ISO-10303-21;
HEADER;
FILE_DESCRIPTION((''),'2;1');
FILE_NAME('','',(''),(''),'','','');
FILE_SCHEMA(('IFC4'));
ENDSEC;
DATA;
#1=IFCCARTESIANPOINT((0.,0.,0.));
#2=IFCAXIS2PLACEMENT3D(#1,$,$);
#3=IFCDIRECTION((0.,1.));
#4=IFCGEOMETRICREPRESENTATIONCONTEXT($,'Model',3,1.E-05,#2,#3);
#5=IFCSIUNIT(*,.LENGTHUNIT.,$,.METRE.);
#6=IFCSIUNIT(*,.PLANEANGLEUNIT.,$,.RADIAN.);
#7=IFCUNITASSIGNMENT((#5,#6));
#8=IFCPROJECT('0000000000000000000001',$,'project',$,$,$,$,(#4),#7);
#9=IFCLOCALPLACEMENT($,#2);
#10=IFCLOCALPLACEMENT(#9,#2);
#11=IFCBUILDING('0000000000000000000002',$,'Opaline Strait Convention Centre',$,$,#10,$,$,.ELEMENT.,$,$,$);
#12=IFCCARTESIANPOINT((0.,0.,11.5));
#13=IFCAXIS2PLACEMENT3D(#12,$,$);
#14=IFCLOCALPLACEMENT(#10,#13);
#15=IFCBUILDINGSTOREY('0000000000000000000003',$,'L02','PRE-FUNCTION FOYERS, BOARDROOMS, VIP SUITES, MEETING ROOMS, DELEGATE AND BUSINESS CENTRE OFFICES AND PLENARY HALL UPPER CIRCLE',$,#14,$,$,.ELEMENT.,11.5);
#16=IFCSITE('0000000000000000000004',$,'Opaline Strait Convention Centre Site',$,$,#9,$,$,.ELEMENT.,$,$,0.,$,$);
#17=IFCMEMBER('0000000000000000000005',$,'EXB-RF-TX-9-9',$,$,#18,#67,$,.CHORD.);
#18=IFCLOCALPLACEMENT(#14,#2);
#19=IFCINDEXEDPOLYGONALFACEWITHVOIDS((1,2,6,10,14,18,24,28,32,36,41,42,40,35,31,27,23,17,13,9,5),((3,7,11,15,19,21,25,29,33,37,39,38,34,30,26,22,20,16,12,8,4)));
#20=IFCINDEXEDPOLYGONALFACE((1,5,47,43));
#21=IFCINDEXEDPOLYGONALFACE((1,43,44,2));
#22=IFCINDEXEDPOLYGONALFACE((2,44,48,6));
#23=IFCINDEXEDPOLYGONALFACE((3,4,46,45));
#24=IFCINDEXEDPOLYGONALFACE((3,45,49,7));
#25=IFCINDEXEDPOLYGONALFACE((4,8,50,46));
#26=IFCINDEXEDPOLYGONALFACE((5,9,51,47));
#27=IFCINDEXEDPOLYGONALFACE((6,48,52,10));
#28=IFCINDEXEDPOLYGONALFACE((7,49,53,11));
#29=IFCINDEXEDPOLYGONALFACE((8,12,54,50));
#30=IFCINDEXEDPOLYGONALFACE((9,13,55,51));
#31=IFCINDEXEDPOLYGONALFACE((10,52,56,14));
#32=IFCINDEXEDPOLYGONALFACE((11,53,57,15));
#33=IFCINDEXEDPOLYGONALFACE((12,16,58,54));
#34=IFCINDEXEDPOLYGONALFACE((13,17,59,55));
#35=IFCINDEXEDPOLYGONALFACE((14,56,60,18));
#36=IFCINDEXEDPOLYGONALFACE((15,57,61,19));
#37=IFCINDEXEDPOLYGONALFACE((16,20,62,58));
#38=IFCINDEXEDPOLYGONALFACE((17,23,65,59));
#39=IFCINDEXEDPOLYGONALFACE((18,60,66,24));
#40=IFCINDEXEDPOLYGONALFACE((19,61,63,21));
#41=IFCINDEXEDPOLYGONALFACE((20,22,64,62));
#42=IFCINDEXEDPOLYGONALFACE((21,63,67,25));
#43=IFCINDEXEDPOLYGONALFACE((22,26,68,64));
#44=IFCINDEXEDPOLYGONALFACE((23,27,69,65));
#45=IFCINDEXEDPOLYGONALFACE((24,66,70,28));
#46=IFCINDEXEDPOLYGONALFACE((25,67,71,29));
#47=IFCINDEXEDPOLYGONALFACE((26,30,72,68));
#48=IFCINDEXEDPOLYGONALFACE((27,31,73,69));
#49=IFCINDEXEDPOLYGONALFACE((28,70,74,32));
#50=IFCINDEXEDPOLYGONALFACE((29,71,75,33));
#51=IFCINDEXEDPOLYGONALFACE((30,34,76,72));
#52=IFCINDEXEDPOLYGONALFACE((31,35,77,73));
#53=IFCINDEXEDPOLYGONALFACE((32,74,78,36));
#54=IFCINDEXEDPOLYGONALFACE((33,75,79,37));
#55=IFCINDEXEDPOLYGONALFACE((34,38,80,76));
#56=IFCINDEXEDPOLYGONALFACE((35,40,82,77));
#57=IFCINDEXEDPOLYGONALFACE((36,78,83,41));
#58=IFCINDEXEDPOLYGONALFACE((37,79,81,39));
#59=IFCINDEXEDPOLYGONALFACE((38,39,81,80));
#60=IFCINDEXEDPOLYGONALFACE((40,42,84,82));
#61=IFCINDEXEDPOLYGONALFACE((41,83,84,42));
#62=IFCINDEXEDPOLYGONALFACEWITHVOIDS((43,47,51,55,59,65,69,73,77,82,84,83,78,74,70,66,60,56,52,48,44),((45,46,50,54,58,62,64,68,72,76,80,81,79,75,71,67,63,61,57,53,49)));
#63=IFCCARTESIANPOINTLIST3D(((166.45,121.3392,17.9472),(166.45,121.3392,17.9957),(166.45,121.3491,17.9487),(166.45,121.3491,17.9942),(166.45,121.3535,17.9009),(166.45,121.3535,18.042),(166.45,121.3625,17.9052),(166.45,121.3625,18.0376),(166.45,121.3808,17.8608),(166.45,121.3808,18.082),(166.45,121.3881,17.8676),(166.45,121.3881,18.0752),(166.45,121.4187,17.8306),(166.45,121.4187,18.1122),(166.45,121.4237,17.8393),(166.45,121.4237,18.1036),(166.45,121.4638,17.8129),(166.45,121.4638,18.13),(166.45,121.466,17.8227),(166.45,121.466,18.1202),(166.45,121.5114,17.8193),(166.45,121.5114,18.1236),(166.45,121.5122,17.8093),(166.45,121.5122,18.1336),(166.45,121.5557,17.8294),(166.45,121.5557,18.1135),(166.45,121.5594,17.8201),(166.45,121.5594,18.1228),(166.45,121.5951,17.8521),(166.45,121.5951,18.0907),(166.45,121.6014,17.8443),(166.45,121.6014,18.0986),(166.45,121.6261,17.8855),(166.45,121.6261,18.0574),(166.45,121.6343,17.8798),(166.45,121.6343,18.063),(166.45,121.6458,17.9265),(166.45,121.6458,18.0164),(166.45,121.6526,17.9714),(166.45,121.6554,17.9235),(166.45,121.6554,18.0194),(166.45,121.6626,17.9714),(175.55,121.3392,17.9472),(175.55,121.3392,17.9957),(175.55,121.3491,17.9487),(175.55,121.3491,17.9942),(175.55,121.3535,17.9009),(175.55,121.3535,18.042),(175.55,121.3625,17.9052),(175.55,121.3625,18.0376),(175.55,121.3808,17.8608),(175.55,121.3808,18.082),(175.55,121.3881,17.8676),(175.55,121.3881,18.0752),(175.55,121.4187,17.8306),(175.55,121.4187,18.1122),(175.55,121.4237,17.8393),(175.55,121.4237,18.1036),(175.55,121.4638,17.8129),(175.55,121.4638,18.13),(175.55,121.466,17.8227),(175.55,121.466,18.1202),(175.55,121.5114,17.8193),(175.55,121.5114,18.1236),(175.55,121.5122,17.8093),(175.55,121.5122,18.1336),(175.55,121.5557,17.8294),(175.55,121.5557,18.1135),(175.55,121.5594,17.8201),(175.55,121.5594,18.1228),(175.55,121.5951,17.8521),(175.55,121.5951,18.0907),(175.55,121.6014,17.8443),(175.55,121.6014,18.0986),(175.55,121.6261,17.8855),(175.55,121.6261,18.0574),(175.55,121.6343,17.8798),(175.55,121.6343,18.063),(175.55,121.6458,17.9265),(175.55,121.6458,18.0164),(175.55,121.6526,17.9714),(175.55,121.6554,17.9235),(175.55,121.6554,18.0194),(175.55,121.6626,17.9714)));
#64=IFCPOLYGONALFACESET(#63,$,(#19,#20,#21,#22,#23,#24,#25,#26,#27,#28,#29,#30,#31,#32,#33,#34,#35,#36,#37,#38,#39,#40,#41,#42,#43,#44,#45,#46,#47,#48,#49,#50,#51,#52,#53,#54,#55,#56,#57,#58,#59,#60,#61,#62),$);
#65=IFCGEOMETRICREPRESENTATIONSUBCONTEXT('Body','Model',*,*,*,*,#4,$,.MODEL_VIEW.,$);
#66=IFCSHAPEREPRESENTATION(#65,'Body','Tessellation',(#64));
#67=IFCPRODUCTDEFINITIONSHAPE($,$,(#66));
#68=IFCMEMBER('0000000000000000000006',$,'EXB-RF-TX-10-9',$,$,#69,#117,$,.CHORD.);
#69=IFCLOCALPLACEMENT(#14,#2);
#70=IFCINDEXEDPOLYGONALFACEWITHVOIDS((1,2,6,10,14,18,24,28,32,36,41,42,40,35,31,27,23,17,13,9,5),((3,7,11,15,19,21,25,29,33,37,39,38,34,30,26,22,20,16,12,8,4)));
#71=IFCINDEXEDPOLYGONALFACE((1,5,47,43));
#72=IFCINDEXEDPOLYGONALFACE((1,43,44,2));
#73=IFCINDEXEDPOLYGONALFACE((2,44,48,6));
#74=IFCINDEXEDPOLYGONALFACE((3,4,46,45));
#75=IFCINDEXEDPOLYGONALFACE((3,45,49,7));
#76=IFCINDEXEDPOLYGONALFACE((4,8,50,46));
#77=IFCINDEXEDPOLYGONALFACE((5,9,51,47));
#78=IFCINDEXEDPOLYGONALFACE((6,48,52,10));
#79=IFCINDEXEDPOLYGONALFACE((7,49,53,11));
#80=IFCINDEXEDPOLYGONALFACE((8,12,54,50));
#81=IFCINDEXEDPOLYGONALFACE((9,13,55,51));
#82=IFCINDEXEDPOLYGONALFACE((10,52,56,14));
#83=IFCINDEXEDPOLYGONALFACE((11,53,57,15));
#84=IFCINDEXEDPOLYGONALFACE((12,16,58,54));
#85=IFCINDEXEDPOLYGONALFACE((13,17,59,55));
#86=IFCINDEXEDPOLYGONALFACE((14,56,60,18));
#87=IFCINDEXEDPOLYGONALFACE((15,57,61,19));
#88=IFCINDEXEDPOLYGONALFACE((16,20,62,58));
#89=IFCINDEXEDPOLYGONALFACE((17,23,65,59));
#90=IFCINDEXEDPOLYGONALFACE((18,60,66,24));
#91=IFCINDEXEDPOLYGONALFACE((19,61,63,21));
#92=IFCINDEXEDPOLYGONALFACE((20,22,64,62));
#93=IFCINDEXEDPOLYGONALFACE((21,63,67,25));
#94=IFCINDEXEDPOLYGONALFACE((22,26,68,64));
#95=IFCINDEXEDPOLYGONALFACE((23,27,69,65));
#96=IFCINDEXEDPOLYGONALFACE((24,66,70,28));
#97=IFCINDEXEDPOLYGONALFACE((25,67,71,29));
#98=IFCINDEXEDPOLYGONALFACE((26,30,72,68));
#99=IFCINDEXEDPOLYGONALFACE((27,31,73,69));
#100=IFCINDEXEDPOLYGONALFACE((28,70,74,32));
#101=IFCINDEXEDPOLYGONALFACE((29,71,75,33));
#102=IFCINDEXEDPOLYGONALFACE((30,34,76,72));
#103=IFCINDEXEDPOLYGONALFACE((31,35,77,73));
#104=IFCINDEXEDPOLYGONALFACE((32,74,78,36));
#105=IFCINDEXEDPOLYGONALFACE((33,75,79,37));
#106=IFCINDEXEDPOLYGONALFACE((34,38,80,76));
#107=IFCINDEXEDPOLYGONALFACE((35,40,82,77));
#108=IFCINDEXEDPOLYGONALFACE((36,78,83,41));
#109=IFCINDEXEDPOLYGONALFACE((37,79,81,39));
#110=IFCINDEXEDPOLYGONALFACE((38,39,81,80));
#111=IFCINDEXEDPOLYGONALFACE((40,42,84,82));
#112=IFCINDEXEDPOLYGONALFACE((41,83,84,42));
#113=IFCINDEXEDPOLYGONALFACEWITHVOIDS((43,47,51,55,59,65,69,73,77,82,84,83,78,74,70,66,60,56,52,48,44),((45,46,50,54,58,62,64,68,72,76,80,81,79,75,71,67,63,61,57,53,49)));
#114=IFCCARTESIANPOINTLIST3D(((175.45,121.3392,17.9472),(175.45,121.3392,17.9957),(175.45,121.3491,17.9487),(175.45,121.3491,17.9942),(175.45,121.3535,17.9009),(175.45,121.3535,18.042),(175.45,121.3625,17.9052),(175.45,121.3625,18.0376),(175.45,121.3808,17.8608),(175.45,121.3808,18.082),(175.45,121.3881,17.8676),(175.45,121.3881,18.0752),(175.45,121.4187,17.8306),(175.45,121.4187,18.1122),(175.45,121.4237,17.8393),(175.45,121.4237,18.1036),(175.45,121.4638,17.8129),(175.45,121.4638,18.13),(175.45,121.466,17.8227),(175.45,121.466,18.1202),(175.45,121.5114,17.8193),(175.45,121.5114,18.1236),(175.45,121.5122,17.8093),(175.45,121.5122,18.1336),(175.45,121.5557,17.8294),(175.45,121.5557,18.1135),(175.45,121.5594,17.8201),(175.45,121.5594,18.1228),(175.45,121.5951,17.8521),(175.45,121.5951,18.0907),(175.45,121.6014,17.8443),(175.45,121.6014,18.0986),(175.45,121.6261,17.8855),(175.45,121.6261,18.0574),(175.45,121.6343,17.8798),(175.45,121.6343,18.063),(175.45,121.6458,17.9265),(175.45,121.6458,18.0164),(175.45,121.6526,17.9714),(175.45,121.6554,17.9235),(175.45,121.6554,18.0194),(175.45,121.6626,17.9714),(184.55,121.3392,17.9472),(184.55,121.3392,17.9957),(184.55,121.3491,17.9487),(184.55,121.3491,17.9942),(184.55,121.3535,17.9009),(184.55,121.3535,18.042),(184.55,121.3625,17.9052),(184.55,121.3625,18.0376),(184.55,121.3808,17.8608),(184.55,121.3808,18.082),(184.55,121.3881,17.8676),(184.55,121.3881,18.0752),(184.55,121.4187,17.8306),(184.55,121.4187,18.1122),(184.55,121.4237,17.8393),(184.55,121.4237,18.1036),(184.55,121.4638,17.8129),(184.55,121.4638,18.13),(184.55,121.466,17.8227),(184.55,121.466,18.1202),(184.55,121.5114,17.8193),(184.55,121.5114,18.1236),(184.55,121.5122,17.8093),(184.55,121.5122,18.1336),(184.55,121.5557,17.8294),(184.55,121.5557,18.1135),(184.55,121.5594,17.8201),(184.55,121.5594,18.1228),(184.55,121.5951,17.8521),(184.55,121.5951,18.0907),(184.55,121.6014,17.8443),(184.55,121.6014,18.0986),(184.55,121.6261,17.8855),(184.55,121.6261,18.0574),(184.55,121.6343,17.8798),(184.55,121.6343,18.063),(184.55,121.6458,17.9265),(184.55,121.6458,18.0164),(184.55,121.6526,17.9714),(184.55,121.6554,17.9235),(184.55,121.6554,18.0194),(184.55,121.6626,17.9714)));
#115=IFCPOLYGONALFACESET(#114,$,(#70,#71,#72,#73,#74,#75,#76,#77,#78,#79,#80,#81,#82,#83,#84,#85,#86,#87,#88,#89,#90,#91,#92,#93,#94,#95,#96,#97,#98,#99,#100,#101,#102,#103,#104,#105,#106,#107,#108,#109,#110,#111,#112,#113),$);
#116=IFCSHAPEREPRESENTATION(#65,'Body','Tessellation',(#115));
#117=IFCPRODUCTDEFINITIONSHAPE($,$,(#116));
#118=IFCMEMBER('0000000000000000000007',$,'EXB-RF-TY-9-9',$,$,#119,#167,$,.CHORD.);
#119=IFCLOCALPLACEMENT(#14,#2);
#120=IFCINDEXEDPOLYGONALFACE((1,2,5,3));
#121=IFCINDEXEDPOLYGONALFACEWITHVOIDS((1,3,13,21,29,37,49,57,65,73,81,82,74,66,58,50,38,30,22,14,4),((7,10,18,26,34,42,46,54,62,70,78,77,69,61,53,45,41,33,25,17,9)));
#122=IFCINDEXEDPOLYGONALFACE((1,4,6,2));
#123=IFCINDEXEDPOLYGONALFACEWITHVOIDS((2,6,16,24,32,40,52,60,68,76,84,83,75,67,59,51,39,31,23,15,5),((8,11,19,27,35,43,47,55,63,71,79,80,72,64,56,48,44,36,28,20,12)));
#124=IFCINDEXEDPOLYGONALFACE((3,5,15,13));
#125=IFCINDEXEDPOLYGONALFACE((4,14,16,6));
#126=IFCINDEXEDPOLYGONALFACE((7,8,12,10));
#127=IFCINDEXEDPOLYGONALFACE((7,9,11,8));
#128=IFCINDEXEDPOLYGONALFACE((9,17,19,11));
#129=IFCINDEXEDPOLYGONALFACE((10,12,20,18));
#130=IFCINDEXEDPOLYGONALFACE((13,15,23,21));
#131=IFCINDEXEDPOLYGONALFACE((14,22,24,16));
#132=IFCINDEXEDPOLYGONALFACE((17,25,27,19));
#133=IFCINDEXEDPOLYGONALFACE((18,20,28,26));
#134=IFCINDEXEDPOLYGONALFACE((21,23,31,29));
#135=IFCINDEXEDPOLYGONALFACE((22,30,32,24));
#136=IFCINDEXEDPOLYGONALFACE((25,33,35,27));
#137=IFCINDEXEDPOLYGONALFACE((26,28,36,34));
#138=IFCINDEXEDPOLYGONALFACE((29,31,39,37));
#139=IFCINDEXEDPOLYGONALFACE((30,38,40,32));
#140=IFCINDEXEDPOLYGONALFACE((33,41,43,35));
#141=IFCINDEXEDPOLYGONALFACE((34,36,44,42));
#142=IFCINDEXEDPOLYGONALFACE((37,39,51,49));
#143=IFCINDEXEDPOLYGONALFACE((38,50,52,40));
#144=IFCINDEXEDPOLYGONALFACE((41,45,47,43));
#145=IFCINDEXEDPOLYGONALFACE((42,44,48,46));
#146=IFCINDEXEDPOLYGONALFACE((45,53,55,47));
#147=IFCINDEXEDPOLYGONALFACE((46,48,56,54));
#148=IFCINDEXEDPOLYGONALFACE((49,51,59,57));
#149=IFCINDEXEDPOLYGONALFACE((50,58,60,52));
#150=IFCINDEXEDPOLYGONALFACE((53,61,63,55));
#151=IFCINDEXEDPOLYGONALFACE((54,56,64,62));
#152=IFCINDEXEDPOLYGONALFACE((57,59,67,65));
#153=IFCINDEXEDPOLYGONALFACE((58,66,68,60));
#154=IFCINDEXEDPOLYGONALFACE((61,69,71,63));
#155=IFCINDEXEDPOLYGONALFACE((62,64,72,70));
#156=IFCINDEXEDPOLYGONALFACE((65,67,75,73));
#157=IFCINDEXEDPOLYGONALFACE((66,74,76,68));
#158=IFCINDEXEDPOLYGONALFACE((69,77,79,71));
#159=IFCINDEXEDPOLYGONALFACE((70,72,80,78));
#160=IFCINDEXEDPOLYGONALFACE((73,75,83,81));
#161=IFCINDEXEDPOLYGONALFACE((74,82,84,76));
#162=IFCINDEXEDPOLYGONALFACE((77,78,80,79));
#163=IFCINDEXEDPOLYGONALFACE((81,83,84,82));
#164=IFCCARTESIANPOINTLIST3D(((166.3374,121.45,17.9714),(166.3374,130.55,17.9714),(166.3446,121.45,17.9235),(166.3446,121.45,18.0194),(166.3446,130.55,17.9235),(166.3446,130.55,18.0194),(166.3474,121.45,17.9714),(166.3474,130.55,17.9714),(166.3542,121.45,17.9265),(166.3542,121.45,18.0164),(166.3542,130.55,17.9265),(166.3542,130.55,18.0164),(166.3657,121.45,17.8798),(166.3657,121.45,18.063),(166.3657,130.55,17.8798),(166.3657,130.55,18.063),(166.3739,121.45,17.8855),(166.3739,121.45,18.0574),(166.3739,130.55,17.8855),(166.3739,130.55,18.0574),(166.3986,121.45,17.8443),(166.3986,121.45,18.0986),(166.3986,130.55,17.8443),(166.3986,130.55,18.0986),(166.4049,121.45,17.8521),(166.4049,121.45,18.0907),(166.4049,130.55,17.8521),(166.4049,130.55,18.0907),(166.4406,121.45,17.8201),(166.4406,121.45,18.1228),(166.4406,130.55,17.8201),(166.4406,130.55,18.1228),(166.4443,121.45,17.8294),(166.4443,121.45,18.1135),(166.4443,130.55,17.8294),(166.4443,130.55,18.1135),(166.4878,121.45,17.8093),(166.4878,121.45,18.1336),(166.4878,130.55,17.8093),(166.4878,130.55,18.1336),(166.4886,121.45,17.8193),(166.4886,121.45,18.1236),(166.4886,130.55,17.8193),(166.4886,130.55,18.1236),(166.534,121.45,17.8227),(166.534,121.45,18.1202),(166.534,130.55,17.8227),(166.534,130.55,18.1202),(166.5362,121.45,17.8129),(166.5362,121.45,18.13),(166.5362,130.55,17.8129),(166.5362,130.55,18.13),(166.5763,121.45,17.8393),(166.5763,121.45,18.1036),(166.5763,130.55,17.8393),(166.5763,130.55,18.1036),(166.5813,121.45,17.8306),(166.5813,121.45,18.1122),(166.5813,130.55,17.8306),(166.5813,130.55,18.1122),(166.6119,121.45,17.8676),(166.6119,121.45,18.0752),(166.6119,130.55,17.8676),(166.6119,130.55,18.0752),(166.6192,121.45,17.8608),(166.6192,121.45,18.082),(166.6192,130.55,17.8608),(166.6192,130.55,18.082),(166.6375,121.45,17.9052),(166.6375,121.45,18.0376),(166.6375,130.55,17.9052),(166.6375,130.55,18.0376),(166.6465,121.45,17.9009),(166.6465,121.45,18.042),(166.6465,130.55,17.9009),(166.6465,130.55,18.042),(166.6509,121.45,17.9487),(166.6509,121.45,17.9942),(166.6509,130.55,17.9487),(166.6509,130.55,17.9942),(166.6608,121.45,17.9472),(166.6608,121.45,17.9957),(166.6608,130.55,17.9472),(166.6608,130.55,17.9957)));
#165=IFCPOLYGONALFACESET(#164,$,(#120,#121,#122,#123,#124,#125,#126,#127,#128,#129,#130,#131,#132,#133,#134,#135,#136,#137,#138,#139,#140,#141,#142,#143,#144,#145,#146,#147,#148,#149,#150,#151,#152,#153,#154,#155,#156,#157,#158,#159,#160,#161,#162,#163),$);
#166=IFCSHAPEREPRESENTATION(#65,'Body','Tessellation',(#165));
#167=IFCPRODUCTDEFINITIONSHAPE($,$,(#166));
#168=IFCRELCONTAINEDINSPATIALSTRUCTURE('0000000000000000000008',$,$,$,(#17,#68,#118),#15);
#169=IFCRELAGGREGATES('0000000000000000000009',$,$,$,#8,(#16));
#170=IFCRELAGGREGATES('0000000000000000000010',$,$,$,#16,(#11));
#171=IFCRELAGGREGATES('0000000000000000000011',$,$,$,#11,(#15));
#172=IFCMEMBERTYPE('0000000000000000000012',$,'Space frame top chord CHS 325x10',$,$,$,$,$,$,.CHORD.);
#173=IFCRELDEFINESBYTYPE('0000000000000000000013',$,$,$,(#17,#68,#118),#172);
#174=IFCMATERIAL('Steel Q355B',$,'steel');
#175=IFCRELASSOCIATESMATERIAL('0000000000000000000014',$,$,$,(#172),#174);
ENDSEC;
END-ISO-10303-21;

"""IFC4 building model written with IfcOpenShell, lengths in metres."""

from ifc_helpers import new_model, si_unit, direction, frame, origin, origin_2d, place, context, subcontext, project, spatial, hollow_circle, extrude, material, material_profile, profile_set, type_object, element, save


model = new_model("IFC4")

# Units and contexts
model_context = context("Model", 3, precision=1e-05, world=origin(), true_north=direction((0.0, 1.0)))
body_context = subcontext(model_context, "Body", "Model", "MODEL_VIEW")
ifc_project = project(units=[si_unit("LENGTHUNIT", "METRE"), si_unit("PLANEANGLEUNIT", "RADIAN")], contexts=[model_context])

# Site, building, storey
site_placement = place(None, origin())
site = spatial("IfcSite", under=ifc_project, at=site_placement, Name="Opaline Strait Convention Centre Site", CompositionType="ELEMENT", RefElevation=0.0)
building_placement = place(site_placement, origin())
building = spatial("IfcBuilding", under=site, at=building_placement, Name="Opaline Strait Convention Centre", CompositionType="ELEMENT")
storey_placement = place(building_placement, frame((0.0, 0.0, 11.5)))
storey = spatial("IfcBuildingStorey", under=building, at=storey_placement, Name="L02", Description="PRE-FUNCTION FOYERS, BOARDROOMS, VIP SUITES, MEETING ROOMS, DELEGATE AND BUSINESS CENTRE OFFICES AND PLENARY HALL UPPER CIRCLE", CompositionType="ELEMENT", Elevation=11.5)

# Members
ifc_material = material(Name="Steel Q355B", Category="steel")
ifc_material_profile_1 = material_profile(ifc_material, hollow_circle(Radius=0.1626, WallThickness=0.01, at=origin_2d()), Name="CHS 325x10")
ifc_profile_set_1 = profile_set([ifc_material_profile_1], Name="Steel Q355B")
member_type_1 = type_object("IfcMemberType", Name="Space frame top chord CHS 325x10", PredefinedType="CHORD", material=ifc_profile_set_1)
for number, where, z_axis, x_axis, name in (
    (1, (166.45, 121.5, 17.9714), (1.0, 0.0, 0.0), (0.0, 1.0, 0.0), "EXB-RF-TX-9-9"),
    (2, (175.45, 121.5, 17.9714), (1.0, 0.0, 0.0), (0.0, 1.0, 0.0), "EXB-RF-TX-10-9"),
    (3, (166.5, 121.45, 17.9714), (0.0, 1.0, 0.0), (-1.0, 0.0, 0.0), "EXB-RF-TY-9-9"),
):
    element("IfcMember", number, at=place(storey_placement, frame(where, z_axis=z_axis, x_axis=x_axis)), inside=storey, type_object=member_type_1, Name=name, PredefinedType="CHORD", context=body_context, shape_type="SweptSolid", body=[
        extrude(hollow_circle(Radius=0.1626, WallThickness=0.01, at=origin_2d()), origin(), (0.0, 0.0, 1.0), 9.1001),
    ])

save(model, "model.ifc")
